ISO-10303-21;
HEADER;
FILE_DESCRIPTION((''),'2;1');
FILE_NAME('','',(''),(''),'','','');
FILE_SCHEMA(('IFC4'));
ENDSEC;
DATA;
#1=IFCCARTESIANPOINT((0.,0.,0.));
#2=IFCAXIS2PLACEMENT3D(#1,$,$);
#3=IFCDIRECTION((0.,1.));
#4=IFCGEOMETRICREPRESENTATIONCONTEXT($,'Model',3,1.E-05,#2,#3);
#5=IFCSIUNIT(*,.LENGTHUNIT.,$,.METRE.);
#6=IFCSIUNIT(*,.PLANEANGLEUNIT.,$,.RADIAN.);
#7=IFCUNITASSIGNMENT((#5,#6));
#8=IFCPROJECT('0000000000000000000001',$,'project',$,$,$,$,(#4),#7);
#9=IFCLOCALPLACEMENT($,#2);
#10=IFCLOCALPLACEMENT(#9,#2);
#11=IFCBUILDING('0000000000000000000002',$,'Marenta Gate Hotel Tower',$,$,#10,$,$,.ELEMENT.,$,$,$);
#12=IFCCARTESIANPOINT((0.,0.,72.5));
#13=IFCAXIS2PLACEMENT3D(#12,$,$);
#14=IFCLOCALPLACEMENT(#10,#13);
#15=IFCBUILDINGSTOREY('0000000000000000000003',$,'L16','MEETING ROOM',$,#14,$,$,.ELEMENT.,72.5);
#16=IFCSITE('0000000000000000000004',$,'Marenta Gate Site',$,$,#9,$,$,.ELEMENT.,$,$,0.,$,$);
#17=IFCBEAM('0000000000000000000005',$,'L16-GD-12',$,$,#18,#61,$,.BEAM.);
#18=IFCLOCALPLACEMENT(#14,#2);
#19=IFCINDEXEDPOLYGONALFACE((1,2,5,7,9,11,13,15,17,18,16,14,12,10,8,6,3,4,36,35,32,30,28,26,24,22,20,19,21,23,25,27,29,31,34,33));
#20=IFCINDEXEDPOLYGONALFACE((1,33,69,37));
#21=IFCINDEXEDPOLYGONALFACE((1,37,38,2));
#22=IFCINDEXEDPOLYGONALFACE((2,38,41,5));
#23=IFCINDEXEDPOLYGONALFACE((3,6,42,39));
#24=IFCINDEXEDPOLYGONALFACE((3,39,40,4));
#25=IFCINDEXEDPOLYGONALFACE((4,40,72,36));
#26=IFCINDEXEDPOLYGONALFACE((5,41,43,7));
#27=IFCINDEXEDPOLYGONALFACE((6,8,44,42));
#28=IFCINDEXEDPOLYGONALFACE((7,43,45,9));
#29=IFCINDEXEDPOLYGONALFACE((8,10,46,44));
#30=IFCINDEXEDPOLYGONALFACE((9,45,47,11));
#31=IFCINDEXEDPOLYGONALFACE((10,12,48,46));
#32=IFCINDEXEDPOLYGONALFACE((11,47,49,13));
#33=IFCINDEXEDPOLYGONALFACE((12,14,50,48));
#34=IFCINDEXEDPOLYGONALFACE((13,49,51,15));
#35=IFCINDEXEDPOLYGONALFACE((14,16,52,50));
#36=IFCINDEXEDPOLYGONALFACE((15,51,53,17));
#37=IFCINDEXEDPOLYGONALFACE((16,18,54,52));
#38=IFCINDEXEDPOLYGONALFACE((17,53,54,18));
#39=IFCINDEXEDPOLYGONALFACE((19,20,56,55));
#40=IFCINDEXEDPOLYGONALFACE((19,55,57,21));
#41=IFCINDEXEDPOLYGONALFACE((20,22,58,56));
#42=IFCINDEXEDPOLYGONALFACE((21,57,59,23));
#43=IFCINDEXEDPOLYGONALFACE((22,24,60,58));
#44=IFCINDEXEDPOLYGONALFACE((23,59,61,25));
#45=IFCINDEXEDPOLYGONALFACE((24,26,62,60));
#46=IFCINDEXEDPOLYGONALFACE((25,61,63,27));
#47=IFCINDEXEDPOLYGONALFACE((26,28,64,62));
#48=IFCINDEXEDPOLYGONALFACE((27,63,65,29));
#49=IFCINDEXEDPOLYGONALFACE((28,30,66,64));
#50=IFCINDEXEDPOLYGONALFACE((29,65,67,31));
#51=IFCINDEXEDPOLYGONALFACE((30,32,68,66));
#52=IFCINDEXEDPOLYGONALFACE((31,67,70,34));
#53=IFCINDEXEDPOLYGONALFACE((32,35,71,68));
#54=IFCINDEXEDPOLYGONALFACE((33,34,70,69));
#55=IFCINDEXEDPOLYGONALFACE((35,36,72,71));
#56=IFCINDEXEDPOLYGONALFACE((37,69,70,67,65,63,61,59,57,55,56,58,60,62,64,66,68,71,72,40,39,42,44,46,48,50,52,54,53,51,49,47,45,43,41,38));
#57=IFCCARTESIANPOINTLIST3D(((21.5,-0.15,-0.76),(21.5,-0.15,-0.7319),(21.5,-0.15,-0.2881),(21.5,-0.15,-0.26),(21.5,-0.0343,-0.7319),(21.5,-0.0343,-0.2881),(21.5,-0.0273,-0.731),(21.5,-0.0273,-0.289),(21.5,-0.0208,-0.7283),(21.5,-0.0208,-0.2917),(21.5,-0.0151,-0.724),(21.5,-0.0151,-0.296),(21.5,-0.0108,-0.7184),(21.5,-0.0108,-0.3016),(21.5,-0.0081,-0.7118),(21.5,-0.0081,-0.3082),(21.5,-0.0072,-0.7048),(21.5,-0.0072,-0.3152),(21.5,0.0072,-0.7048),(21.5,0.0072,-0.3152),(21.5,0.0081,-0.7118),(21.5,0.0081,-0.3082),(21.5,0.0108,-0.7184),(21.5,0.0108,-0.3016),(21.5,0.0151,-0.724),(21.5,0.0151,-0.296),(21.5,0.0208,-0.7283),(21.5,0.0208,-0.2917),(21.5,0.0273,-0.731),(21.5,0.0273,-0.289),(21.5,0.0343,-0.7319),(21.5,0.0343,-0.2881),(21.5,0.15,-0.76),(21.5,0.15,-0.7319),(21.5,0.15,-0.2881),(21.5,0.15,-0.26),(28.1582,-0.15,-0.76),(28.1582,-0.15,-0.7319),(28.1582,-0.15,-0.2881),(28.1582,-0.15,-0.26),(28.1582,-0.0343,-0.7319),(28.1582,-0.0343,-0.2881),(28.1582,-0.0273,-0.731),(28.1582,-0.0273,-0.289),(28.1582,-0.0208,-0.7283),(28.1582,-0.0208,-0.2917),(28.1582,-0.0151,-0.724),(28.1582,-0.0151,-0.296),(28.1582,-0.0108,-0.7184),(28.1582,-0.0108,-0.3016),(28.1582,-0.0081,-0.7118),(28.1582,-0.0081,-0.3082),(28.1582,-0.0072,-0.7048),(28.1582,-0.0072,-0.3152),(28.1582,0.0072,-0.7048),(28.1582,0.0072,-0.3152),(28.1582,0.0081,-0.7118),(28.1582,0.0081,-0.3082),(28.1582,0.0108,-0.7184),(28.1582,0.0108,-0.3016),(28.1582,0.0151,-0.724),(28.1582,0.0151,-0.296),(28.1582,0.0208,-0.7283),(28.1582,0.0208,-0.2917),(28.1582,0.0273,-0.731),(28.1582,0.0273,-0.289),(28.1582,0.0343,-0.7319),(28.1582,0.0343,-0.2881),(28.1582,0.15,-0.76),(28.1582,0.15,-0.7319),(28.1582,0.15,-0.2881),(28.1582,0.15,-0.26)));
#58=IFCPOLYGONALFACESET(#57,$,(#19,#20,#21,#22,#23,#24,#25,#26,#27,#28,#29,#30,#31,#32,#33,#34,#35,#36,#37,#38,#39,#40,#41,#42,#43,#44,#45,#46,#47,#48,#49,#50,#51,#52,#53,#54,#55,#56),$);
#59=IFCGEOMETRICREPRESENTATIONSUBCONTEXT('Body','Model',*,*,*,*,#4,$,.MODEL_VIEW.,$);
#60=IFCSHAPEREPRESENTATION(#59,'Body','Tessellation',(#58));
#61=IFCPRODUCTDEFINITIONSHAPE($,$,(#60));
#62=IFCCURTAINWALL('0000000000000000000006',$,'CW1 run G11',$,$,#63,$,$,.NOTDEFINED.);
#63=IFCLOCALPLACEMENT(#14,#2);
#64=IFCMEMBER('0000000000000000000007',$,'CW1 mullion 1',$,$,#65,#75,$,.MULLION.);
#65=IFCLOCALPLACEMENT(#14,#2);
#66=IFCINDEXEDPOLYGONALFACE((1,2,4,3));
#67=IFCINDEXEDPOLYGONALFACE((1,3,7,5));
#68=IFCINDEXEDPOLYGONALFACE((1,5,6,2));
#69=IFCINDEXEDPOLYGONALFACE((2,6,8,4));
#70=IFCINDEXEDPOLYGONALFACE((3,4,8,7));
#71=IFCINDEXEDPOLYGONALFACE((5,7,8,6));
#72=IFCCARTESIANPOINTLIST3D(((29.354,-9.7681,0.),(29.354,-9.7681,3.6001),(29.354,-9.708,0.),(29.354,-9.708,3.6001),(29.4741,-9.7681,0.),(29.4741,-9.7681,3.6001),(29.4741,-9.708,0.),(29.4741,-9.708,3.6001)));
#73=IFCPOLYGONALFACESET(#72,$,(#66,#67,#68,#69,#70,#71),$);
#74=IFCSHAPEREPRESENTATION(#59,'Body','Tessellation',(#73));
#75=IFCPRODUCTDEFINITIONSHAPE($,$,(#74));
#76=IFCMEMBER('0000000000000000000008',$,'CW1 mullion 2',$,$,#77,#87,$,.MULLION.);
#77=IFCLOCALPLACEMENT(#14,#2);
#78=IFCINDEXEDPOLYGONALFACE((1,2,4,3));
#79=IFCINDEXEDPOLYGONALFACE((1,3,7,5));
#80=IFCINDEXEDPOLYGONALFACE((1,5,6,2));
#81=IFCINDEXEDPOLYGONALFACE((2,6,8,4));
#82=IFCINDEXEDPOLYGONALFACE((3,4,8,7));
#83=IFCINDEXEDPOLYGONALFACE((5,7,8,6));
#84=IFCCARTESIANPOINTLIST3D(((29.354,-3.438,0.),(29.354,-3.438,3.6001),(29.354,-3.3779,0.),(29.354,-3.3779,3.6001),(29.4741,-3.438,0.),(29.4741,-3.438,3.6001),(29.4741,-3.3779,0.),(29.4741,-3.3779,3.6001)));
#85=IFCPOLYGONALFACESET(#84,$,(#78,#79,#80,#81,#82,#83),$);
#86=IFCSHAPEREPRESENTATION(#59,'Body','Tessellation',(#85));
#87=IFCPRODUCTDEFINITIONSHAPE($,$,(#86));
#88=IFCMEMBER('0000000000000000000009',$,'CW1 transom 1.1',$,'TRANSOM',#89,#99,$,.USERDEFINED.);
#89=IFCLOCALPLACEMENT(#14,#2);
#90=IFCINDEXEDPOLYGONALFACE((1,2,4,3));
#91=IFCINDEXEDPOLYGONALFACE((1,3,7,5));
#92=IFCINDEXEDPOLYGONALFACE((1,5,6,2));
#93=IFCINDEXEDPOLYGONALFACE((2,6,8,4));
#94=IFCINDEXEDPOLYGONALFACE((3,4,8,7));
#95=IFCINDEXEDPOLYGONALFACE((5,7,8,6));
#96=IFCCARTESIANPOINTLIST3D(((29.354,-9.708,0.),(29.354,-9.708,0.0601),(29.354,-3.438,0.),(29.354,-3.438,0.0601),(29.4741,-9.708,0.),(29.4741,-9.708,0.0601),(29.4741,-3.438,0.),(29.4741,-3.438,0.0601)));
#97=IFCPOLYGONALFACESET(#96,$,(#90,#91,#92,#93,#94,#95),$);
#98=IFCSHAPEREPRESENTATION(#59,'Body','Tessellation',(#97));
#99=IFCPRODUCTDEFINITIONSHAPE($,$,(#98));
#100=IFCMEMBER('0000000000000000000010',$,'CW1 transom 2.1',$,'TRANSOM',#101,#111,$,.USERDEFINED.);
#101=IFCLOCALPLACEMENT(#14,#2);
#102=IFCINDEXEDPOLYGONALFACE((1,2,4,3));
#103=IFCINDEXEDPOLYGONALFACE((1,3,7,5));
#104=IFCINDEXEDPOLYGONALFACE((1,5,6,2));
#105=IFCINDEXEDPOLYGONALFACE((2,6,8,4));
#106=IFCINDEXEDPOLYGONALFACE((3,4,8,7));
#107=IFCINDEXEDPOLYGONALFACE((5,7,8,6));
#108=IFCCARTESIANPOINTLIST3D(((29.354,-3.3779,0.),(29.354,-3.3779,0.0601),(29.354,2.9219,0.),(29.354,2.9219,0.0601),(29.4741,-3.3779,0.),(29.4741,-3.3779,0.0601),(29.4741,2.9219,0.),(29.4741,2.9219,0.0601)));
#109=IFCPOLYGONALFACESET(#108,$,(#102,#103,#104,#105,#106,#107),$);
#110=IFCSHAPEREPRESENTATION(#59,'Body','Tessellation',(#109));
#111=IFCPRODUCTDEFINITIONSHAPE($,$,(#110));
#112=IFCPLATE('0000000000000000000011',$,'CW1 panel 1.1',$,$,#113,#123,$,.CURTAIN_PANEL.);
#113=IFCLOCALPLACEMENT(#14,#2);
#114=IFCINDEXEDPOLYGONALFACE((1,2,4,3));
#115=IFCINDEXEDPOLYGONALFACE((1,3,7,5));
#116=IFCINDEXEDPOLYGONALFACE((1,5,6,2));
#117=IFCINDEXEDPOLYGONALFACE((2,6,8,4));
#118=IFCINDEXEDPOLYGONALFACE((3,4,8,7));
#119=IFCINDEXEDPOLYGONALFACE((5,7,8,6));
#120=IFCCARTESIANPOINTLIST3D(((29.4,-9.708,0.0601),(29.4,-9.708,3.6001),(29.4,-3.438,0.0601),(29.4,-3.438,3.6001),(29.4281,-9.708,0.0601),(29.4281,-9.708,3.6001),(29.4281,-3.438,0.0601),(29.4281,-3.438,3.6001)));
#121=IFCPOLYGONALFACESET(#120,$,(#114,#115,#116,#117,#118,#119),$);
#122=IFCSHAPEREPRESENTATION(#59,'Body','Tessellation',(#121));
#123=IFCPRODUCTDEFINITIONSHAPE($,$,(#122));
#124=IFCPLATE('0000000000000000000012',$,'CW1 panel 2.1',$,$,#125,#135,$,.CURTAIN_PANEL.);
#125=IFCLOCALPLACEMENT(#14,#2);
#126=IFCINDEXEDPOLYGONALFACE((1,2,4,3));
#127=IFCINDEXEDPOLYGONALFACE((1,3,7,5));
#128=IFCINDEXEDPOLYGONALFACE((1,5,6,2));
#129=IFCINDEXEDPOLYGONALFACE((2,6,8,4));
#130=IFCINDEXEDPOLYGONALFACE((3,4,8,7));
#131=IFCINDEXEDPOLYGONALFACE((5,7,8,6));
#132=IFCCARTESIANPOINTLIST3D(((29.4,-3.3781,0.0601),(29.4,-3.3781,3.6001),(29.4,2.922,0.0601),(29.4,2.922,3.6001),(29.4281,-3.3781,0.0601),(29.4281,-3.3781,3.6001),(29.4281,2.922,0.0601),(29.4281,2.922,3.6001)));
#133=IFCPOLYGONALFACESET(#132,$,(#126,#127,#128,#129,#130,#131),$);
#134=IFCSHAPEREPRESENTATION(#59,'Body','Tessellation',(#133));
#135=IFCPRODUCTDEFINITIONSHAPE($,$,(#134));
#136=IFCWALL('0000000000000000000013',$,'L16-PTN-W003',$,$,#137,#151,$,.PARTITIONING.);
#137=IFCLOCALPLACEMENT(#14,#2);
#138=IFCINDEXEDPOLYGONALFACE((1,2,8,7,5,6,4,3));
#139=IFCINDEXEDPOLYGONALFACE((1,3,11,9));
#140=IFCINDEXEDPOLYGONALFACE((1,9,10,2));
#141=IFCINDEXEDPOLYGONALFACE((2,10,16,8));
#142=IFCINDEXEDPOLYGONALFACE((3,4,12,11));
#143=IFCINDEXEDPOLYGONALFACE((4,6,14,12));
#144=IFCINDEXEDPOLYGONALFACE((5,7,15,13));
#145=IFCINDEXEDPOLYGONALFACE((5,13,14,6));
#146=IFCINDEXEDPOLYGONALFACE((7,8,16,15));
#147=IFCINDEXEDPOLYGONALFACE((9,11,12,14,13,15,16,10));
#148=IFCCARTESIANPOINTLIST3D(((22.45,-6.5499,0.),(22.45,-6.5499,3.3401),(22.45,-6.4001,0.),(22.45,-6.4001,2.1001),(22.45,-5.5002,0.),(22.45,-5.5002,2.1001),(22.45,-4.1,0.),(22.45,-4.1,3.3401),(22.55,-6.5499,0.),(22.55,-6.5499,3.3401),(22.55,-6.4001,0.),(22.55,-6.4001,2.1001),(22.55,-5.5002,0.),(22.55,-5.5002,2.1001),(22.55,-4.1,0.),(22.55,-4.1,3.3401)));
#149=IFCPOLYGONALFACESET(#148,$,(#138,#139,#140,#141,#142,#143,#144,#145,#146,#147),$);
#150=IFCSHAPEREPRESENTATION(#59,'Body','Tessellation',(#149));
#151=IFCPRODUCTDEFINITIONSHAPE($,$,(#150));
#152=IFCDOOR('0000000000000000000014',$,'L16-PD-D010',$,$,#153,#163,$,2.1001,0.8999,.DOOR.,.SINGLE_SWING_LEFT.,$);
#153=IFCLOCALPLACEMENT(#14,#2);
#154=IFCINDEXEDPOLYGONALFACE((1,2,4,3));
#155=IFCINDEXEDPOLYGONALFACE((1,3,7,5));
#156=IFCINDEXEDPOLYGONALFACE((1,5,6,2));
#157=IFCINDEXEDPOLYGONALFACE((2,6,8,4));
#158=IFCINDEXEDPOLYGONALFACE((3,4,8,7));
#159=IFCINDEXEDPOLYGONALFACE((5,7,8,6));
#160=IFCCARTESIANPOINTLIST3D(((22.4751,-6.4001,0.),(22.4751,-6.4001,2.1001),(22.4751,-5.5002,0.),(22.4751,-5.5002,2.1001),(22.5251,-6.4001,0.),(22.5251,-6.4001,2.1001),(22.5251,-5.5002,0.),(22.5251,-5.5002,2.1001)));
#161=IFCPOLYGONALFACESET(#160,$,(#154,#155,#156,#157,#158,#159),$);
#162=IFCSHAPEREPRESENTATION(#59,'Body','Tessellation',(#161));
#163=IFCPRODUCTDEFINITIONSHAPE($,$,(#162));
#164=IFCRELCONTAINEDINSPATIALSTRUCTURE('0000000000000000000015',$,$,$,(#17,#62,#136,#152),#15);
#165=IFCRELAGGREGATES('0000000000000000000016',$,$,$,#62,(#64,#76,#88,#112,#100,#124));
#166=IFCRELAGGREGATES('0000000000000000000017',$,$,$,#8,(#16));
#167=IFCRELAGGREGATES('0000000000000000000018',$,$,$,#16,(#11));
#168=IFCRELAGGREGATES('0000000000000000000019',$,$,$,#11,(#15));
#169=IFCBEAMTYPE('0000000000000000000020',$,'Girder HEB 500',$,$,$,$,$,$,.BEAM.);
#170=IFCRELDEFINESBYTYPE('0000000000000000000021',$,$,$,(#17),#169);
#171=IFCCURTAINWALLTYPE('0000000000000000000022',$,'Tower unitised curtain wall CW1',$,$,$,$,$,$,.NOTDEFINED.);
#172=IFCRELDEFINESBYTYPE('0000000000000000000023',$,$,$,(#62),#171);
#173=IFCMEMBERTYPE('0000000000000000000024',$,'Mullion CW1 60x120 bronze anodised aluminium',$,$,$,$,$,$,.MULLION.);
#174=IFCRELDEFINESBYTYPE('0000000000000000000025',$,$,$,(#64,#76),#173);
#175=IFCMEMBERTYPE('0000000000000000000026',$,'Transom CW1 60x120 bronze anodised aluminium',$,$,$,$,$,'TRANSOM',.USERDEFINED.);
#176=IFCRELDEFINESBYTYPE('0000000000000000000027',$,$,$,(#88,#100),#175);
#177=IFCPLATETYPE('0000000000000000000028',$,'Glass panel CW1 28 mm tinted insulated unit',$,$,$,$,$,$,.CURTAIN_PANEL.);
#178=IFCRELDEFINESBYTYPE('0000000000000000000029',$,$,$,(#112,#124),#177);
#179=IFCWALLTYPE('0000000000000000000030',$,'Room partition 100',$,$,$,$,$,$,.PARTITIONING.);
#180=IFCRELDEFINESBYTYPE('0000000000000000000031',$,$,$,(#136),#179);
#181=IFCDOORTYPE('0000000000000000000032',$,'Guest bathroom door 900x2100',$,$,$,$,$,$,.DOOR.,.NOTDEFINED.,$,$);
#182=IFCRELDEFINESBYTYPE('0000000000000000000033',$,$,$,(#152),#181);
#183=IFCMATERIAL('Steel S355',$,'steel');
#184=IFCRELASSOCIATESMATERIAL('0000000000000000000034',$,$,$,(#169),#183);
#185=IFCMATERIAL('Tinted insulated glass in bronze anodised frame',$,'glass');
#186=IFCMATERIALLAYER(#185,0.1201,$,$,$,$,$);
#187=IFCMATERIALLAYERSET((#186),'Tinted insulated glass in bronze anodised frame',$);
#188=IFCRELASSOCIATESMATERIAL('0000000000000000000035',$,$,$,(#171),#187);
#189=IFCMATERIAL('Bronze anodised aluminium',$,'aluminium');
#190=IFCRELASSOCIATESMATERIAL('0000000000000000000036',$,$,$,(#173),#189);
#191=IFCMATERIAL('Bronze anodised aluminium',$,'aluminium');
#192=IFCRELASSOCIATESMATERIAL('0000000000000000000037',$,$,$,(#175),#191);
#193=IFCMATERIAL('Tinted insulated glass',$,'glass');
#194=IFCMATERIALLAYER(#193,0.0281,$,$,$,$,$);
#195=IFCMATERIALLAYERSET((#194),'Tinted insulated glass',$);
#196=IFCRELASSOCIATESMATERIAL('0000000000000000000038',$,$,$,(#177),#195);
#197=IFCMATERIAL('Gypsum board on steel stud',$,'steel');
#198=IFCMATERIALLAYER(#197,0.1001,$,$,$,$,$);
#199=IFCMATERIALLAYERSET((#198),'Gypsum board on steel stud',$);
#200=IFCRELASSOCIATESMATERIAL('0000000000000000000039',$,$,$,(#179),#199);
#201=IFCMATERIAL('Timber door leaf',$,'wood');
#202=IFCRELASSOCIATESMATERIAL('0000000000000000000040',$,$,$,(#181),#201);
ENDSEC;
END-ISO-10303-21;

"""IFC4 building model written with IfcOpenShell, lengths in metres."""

from ifc_helpers import new_model, si_unit, direction, frame, frame_2d, origin, origin_2d, place, context, subcontext, project, spatial, rectangle, i_section, extrude, material, layer, layer_set, material_profile, profile_set, type_object, element, fill, aggregate, save


model = new_model("IFC4")

# Units and contexts
model_context = context("Model", 3, precision=1e-05, world=origin(), true_north=direction((0.0, 1.0)))
body_context = subcontext(model_context, "Body", "Model", "MODEL_VIEW")
ifc_project = project(units=[si_unit("LENGTHUNIT", "METRE"), si_unit("PLANEANGLEUNIT", "RADIAN")], contexts=[model_context])

# Site, building, storey
site_placement = place(None, origin())
site = spatial("IfcSite", under=ifc_project, at=site_placement, Name="Marenta Gate Site", CompositionType="ELEMENT", RefElevation=0.0)
building_placement = place(site_placement, origin())
building = spatial("IfcBuilding", under=site, at=building_placement, Name="Marenta Gate Hotel Tower", CompositionType="ELEMENT")
storey_placement = place(building_placement, frame((0.0, 0.0, 72.5)))
storey = spatial("IfcBuildingStorey", under=building, at=storey_placement, Name="L16", Description="MEETING ROOM", CompositionType="ELEMENT", Elevation=72.5)

# Beam
ifc_material_1 = material(Name="Steel S355", Category="steel")
ifc_material_profile_1 = material_profile(ifc_material_1, i_section(OverallWidth=0.3, OverallDepth=0.5, WebThickness=0.0144, FlangeThickness=0.0281, FilletRadius=0.0271, at=origin_2d()), Name="HEB 500")
ifc_profile_set_1 = profile_set([ifc_material_profile_1], Name="Steel S355")
beam_type_1 = type_object("IfcBeamType", Name="Girder HEB 500", PredefinedType="BEAM", material=ifc_profile_set_1)
beam_1_placement = place(storey_placement, frame((21.5, 0.0, -0.51), z_axis=(1.0, 0.0, 0.0), x_axis=(0.0, 1.0, 0.0)))
element("IfcBeam", 1, at=beam_1_placement, inside=storey, type_object=beam_type_1, Name="L16-GD-12", PredefinedType="BEAM", context=body_context, shape_type="SweptSolid", body=[
    extrude(i_section(OverallWidth=0.3, OverallDepth=0.5, WebThickness=0.0144, FlangeThickness=0.0281, FilletRadius=0.0271, at=origin_2d()), origin(), (0.0, 0.0, 1.0), 6.6582),
])

# Curtain wall, members, plates
ifc_material_2 = material(Name="Tinted insulated glass in bronze anodised frame", Category="glass")
ifc_layer_1 = layer(ifc_material_2, 0.1201)
ifc_layer_set_1 = layer_set([ifc_layer_1], Name="Tinted insulated glass in bronze anodised frame")
curtain_wall_type = type_object("IfcCurtainWallType", Name="Tower unitised curtain wall CW1", PredefinedType="NOTDEFINED", material=ifc_layer_set_1)
curtain_wall_placement = place(storey_placement, origin())
curtain_wall = element("IfcCurtainWall", 2, at=curtain_wall_placement, inside=storey, type_object=curtain_wall_type, Name="CW1 run G11", PredefinedType="NOTDEFINED")
ifc_material_3 = material(Name="Bronze anodised aluminium", Category="aluminium")
ifc_material_profile_2 = material_profile(ifc_material_3, rectangle(XDim=0.1201, YDim=0.0601, at=origin_2d()), Name="Mullion CW1 60x120 bronze anodised aluminium")
ifc_profile_set_2 = profile_set([ifc_material_profile_2], Name="Bronze anodised aluminium")
member_type_1 = type_object("IfcMemberType", Name="Mullion CW1 60x120 bronze anodised aluminium", PredefinedType="MULLION", material=ifc_profile_set_2)
member_1_placement = place(storey_placement, frame((29.4141, -9.738, 0.0), z_axis=(0.0, 0.0, 1.0), x_axis=(-1.0, 0.0, 0.0)))
member_1 = element("IfcMember", 3, at=member_1_placement, type_object=member_type_1, Name="CW1 mullion 1", PredefinedType="MULLION", context=body_context, shape_type="SweptSolid", body=[
    extrude(rectangle(XDim=0.1201, YDim=0.0601, at=origin_2d()), origin(), (0.0, 0.0, 1.0), 3.6001),
])
member_2_placement = place(storey_placement, frame((29.4141, -3.408, 0.0), z_axis=(0.0, 0.0, 1.0), x_axis=(-1.0, 0.0, 0.0)))
member_2 = element("IfcMember", 4, at=member_2_placement, type_object=member_type_1, Name="CW1 mullion 2", PredefinedType="MULLION", context=body_context, shape_type="SweptSolid", body=[
    extrude(rectangle(XDim=0.1201, YDim=0.0601, at=origin_2d()), origin(), (0.0, 0.0, 1.0), 3.6001),
])
ifc_material_4 = material(Name="Bronze anodised aluminium", Category="aluminium")
ifc_material_profile_3 = material_profile(ifc_material_4, rectangle(XDim=0.1201, YDim=0.0601, at=origin_2d()), Name="Transom CW1 60x120 bronze anodised aluminium")
ifc_profile_set_3 = profile_set([ifc_material_profile_3], Name="Bronze anodised aluminium")
member_type_2 = type_object("IfcMemberType", Name="Transom CW1 60x120 bronze anodised aluminium", ElementType="TRANSOM", PredefinedType="USERDEFINED", material=ifc_profile_set_3)
member_3_placement = place(storey_placement, frame((29.4141, -9.708, 0.03), z_axis=(0.0, 1.0, 0.0), x_axis=(-1.0, 0.0, 0.0)))
member_3 = element("IfcMember", 5, at=member_3_placement, type_object=member_type_2, Name="CW1 transom 1.1", ObjectType="TRANSOM", PredefinedType="USERDEFINED", context=body_context, shape_type="SweptSolid", body=[
    extrude(rectangle(XDim=0.1201, YDim=0.0601, at=origin_2d()), origin(), (0.0, 0.0, 1.0), 6.27),
])
member_4_placement = place(storey_placement, frame((29.4141, -3.3779, 0.03), z_axis=(0.0, 1.0, 0.0), x_axis=(-1.0, 0.0, 0.0)))
member_4 = element("IfcMember", 6, at=member_4_placement, type_object=member_type_2, Name="CW1 transom 2.1", ObjectType="TRANSOM", PredefinedType="USERDEFINED", context=body_context, shape_type="SweptSolid", body=[
    extrude(rectangle(XDim=0.1201, YDim=0.0601, at=origin_2d()), origin(), (0.0, 0.0, 1.0), 6.2998),
])
ifc_material_5 = material(Name="Tinted insulated glass", Category="glass")
ifc_layer_2 = layer(ifc_material_5, 0.0281)
ifc_layer_set_2 = layer_set([ifc_layer_2], Name="Tinted insulated glass")
plate_type = type_object("IfcPlateType", Name="Glass panel CW1 28 mm tinted insulated unit", PredefinedType="CURTAIN_PANEL", material=ifc_layer_set_2)
plate_1_placement = place(storey_placement, frame((29.4141, -6.573, 0.0601), z_axis=(0.0, 0.0, 1.0), x_axis=(0.0, 1.0, 0.0)))
plate_1 = element("IfcPlate", 7, at=plate_1_placement, type_object=plate_type, Name="CW1 panel 1.1", PredefinedType="CURTAIN_PANEL", context=body_context, shape_type="SweptSolid", body=[
    extrude(rectangle(XDim=6.27, YDim=0.0281, at=origin_2d()), origin(), (0.0, 0.0, 1.0), 3.54),
])
plate_2_placement = place(storey_placement, frame((29.4141, -0.228, 0.0601), z_axis=(0.0, 0.0, 1.0), x_axis=(0.0, 1.0, 0.0)))
plate_2 = element("IfcPlate", 8, at=plate_2_placement, type_object=plate_type, Name="CW1 panel 2.1", PredefinedType="CURTAIN_PANEL", context=body_context, shape_type="SweptSolid", body=[
    extrude(rectangle(XDim=6.3, YDim=0.0281, at=origin_2d()), origin(), (0.0, 0.0, 1.0), 3.54),
])
aggregate(curtain_wall, [member_1, member_2, member_3, plate_1, member_4, plate_2])

# Wall, opening, door
ifc_material_6 = material(Name="Gypsum board on steel stud", Category="steel")
ifc_layer_3 = layer(ifc_material_6, 0.1001)
ifc_layer_set_3 = layer_set([ifc_layer_3], Name="Gypsum board on steel stud")
wall_type = type_object("IfcWallType", Name="Room partition 100", PredefinedType="PARTITIONING", material=ifc_layer_set_3)
wall_1_placement = place(storey_placement, frame((22.5, -6.55, 0.0), z_axis=(0.0, 0.0, 1.0), x_axis=(0.0, 1.0, 0.0)))
wall_1 = element("IfcWall", 9, at=wall_1_placement, inside=storey, type_object=wall_type, Name="L16-PTN-W003", PredefinedType="PARTITIONING", context=body_context, shape_type="SweptSolid", body=[
    extrude(rectangle(XDim=2.45, YDim=0.1001, at=frame_2d((1.2251, 0.0))), origin(), (0.0, 0.0, 1.0), 3.3401),
])
opening_1_placement = place(wall_1_placement, frame((0.1499, 0.0, 0.0)))
opening_1 = element("IfcOpeningElement", 10, at=opening_1_placement, cuts=wall_1, PredefinedType="OPENING", context=body_context, shape_type="SweptSolid", body=[
    extrude(rectangle(XDim=0.8999, YDim=2.1001, at=frame_2d((0.45, 1.05))), frame((0.0, 0.05, 0.0), z_axis=(0.0, -1.0, 0.0), x_axis=(1.0, 0.0, 0.0)), (0.0, 0.0, 1.0), 0.1001),
])
ifc_material_7 = material(Name="Timber door leaf", Category="wood")
door_type_1 = type_object("IfcDoorType", Name="Guest bathroom door 900x2100", OperationType="NOTDEFINED", PredefinedType="DOOR", material=ifc_material_7)
door_1_placement = place(opening_1_placement, origin())
door_1 = element("IfcDoor", 11, at=door_1_placement, inside=storey, type_object=door_type_1, Name="L16-PD-D010", OperationType="SINGLE_SWING_LEFT", OverallHeight=2.1001, OverallWidth=0.8999, PredefinedType="DOOR", context=body_context, shape_type="SweptSolid", body=[
    extrude(rectangle(XDim=0.8999, YDim=2.1001, at=frame_2d((0.45, 1.05))), frame((0.0, 0.0249, 0.0), z_axis=(0.0, -1.0, 0.0), x_axis=(1.0, 0.0, 0.0)), (0.0, 0.0, 1.0), 0.05),
])
fill(opening_1, door_1)

save(model, "model.ifc")
